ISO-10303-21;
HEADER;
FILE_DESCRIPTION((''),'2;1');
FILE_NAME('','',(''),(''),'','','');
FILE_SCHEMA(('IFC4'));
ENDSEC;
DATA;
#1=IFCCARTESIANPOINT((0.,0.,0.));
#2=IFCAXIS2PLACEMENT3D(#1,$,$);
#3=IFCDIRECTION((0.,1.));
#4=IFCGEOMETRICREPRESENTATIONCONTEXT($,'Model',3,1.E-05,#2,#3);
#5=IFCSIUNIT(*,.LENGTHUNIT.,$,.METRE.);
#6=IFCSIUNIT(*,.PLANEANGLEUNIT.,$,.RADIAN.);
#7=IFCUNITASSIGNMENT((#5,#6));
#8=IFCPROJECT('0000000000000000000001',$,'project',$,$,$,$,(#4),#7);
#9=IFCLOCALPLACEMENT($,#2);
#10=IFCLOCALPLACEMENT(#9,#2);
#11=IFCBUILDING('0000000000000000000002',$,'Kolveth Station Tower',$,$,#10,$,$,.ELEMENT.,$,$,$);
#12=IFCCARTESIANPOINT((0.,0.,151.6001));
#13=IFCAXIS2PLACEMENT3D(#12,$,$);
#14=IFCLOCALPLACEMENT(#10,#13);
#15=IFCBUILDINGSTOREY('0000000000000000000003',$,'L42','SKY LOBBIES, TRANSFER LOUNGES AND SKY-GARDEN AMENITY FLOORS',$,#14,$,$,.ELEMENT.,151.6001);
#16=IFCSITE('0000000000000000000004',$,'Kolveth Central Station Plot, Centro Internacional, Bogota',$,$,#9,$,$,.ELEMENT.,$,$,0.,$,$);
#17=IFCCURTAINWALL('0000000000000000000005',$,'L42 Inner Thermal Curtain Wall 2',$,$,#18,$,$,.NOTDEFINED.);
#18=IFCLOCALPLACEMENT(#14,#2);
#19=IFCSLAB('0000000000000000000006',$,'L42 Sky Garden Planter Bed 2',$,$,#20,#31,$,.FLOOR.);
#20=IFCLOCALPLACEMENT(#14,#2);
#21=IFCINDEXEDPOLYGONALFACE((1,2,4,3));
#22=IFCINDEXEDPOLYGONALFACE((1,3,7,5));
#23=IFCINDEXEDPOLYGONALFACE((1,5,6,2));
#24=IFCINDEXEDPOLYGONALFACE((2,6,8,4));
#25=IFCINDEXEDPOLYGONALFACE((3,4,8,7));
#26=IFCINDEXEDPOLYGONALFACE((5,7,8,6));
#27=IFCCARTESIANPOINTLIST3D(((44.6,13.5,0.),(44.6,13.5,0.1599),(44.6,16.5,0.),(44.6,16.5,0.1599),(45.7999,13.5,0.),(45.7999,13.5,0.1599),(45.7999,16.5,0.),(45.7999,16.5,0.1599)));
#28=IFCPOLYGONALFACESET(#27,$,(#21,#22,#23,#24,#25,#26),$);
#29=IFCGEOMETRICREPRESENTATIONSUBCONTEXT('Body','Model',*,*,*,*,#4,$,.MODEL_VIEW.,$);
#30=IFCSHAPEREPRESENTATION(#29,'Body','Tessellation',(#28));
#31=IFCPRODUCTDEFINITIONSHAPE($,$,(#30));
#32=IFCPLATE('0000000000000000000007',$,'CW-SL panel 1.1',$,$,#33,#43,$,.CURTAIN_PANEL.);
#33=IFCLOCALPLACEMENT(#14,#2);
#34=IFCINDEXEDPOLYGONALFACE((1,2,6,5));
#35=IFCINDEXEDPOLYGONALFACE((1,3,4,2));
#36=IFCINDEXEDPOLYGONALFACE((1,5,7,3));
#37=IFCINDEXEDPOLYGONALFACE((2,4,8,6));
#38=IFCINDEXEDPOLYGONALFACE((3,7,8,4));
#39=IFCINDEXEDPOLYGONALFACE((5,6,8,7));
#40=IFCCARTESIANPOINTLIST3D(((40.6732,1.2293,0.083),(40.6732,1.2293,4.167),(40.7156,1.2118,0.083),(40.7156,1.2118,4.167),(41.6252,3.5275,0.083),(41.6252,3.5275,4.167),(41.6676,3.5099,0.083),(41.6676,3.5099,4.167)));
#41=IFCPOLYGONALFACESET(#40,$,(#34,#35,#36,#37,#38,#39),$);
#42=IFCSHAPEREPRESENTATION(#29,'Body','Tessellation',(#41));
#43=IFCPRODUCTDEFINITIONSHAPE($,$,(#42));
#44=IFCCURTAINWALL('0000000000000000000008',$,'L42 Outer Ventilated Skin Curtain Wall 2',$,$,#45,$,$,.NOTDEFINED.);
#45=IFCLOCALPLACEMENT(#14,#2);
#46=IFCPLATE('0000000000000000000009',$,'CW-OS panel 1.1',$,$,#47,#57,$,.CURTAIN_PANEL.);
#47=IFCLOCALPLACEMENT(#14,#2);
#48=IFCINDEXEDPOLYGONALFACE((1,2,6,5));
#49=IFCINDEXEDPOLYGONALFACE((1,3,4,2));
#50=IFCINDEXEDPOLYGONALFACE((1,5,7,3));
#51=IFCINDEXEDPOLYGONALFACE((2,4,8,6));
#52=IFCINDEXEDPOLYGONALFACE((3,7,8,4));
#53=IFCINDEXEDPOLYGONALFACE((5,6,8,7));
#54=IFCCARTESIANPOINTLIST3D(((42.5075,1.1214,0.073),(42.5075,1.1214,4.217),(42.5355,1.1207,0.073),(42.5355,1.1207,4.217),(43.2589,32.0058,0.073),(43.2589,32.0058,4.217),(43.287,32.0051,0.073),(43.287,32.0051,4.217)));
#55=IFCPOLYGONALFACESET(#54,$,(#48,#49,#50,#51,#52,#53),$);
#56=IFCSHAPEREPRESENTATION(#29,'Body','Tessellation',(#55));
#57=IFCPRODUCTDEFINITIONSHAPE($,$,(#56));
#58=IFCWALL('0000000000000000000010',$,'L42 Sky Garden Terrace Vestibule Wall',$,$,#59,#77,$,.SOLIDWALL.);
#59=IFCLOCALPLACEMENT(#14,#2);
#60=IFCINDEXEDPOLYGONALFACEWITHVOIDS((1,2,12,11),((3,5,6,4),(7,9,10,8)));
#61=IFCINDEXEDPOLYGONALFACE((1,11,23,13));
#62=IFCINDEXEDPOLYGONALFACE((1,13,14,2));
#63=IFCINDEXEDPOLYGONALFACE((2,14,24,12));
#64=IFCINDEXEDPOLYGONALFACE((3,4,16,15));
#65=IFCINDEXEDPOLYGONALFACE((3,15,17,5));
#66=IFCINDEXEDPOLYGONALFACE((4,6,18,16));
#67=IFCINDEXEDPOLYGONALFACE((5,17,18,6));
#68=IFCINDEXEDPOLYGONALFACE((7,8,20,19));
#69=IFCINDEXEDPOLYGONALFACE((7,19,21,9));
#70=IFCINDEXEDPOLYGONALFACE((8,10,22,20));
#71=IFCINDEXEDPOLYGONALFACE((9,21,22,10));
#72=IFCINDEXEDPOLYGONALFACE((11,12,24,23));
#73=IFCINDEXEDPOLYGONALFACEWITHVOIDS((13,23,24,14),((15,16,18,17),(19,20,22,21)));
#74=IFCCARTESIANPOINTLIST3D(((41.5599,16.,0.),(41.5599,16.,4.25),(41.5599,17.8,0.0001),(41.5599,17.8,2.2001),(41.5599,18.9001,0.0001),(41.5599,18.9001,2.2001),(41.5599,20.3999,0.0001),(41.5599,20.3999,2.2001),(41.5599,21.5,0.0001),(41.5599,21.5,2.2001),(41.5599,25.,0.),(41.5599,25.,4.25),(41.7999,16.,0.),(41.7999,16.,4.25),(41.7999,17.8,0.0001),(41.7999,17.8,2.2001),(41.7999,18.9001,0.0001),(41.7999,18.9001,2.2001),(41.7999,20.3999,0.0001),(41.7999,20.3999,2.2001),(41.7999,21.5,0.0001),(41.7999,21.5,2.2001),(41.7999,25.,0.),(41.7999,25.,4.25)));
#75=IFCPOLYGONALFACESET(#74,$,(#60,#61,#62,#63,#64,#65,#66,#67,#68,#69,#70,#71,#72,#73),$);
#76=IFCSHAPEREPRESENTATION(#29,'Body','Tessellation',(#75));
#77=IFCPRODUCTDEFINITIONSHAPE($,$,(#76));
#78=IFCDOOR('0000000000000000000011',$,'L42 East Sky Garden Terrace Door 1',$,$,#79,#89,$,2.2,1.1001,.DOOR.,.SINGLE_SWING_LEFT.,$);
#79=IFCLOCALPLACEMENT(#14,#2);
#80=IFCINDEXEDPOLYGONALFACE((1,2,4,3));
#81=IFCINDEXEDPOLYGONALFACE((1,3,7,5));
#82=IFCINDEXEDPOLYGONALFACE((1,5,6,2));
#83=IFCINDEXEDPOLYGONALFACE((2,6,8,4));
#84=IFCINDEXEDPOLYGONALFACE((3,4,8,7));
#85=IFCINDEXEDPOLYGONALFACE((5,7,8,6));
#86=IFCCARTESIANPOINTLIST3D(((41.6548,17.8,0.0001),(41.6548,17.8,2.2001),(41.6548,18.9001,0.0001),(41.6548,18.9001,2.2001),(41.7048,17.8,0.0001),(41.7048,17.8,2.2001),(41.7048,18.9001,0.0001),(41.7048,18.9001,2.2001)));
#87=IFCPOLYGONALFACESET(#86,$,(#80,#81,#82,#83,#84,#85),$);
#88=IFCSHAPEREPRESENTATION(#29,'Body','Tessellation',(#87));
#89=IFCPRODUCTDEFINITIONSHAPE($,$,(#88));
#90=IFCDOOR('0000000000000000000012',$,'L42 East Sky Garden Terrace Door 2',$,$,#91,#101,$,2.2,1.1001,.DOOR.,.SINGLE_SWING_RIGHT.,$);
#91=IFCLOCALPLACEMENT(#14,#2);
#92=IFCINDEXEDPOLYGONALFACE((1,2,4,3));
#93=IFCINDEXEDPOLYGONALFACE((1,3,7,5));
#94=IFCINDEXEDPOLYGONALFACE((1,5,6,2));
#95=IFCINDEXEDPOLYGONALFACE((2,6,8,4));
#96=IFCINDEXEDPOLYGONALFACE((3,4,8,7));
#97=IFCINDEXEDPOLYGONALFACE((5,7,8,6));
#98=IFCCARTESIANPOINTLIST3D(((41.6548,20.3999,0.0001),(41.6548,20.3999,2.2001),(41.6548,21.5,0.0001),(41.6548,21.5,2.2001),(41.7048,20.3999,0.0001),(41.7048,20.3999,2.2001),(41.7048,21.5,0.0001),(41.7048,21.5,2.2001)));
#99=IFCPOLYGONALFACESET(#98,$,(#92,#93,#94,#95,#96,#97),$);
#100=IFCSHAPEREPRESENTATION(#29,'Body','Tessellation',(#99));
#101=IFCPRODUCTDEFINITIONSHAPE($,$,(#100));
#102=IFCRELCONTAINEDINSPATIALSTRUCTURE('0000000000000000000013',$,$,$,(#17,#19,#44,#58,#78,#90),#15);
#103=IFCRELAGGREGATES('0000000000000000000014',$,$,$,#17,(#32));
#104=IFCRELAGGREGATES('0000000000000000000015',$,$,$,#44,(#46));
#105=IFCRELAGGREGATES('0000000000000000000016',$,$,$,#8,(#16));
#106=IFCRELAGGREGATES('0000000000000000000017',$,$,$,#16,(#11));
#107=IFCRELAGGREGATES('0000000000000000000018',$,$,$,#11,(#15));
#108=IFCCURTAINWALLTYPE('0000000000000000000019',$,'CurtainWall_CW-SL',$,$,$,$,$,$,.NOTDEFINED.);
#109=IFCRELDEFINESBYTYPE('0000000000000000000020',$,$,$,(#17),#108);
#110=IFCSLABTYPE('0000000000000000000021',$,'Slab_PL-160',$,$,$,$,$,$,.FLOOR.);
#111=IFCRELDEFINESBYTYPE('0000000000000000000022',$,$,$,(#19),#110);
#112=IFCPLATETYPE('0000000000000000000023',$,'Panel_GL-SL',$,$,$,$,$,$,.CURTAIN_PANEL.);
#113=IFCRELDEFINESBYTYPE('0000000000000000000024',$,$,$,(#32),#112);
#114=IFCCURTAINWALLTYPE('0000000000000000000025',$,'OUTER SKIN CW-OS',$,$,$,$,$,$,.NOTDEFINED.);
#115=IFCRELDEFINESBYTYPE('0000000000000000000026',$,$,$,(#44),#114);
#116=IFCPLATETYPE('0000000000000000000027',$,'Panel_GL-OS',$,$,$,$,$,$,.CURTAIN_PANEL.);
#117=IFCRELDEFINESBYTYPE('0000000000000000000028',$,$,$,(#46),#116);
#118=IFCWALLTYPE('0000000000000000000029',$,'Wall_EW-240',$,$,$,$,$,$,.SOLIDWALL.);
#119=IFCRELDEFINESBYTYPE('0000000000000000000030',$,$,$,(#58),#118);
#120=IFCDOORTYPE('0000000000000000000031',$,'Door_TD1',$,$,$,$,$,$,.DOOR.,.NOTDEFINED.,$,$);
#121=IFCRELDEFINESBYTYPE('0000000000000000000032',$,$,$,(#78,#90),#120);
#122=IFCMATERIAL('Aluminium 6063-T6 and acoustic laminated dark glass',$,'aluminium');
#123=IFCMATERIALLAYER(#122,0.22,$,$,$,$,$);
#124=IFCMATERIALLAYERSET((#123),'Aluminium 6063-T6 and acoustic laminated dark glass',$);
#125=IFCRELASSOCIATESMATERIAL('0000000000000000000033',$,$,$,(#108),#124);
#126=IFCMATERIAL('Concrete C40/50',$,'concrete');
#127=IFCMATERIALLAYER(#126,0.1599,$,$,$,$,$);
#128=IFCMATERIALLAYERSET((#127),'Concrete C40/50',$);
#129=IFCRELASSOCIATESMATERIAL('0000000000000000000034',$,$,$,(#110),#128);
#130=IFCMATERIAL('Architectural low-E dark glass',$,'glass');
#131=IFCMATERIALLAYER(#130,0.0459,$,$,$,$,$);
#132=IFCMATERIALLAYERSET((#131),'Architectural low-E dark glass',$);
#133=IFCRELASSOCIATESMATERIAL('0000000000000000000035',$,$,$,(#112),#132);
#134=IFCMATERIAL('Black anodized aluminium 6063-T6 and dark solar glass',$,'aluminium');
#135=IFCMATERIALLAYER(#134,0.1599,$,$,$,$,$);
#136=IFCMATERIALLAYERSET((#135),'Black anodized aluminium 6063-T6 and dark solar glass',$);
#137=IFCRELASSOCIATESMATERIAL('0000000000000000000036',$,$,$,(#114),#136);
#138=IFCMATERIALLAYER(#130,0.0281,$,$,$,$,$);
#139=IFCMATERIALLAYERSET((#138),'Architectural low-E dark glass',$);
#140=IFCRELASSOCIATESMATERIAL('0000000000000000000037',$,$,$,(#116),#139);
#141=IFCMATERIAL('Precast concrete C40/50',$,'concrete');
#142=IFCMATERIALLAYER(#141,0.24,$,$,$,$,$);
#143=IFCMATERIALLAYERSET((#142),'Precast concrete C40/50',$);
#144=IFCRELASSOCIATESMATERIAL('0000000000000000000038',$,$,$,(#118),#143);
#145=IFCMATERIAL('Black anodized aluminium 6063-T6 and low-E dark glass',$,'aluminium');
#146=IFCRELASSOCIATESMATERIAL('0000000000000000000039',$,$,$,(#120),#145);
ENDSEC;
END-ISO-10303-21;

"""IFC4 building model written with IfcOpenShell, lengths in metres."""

from ifc_helpers import new_model, si_unit, direction, frame, frame_2d, origin, origin_2d, place, context, subcontext, project, spatial, rectangle, extrude, source, transform, mapped, material, layer, layer_set, type_object, element, fill, aggregate, save


model = new_model("IFC4")

# Units and contexts
model_context = context("Model", 3, precision=1e-05, world=origin(), true_north=direction((0.0, 1.0)))
body_context = subcontext(model_context, "Body", "Model", "MODEL_VIEW")
ifc_project = project(units=[si_unit("LENGTHUNIT", "METRE"), si_unit("PLANEANGLEUNIT", "RADIAN")], contexts=[model_context])

# Site, building, storey
site_placement = place(None, origin())
site = spatial("IfcSite", under=ifc_project, at=site_placement, Name="Kolveth Central Station Plot, Centro Internacional, Bogota", CompositionType="ELEMENT", RefElevation=0.0)
building_placement = place(site_placement, origin())
building = spatial("IfcBuilding", under=site, at=building_placement, Name="Kolveth Station Tower", CompositionType="ELEMENT")
storey_placement = place(building_placement, frame((0.0, 0.0, 151.6001)))
storey = spatial("IfcBuildingStorey", under=building, at=storey_placement, Name="L42", Description="SKY LOBBIES, TRANSFER LOUNGES AND SKY-GARDEN AMENITY FLOORS", CompositionType="ELEMENT", Elevation=151.6001)

# Curtain wall
ifc_material_1 = material(Name="Aluminium 6063-T6 and acoustic laminated dark glass", Category="aluminium")
ifc_layer_1 = layer(ifc_material_1, 0.22)
ifc_layer_set_1 = layer_set([ifc_layer_1], Name="Aluminium 6063-T6 and acoustic laminated dark glass")
curtain_wall_type_1 = type_object("IfcCurtainWallType", Name="CurtainWall_CW-SL", PredefinedType="NOTDEFINED", material=ifc_layer_set_1)
curtain_wall_1_placement = place(storey_placement, origin())
curtain_wall_1 = element("IfcCurtainWall", 1, at=curtain_wall_1_placement, inside=storey, type_object=curtain_wall_type_1, Name="L42 Inner Thermal Curtain Wall 2", PredefinedType="NOTDEFINED")

# Slab
ifc_material_2 = material(Name="Concrete C40/50", Category="concrete")
ifc_layer_2 = layer(ifc_material_2, 0.1599)
ifc_layer_set_2 = layer_set([ifc_layer_2], Name="Concrete C40/50")
slab_type = type_object("IfcSlabType", Name="Slab_PL-160", PredefinedType="FLOOR", material=ifc_layer_set_2)
shared_shape_1 = source(origin(), body_context, "Body", "SweptSolid", [
    extrude(rectangle(XDim=1.2, YDim=3.0, at=origin_2d()), origin(), (0.0, 0.0, 1.0), 0.1599),
])
for number, where, z_axis, x_axis, name in (
    (2, (45.2, 15.0, 0.0), (0.0, 0.0, 1.0), (1.0, 0.0, 0.0), "L42 Sky Garden Planter Bed 2"),
):
    element("IfcSlab", number, at=place(storey_placement, frame(where, z_axis=z_axis, x_axis=x_axis)), inside=storey, type_object=slab_type, Name=name, PredefinedType="FLOOR", context=body_context, shape_type="MappedRepresentation", body=[
        mapped(shared_shape_1, transform((0.0, 0.0, 0.0), x_axis=(1.0, 0.0, 0.0), y_axis=(0.0, 1.0, 0.0), z_axis=(0.0, 0.0, 1.0), scale=1.0)),
    ])

# Plate
ifc_material_3 = material(Name="Architectural low-E dark glass", Category="glass")
ifc_layer_3 = layer(ifc_material_3, 0.0459)
ifc_layer_set_3 = layer_set([ifc_layer_3], Name="Architectural low-E dark glass")
plate_type_1 = type_object("IfcPlateType", Name="Panel_GL-SL", PredefinedType="CURTAIN_PANEL", material=ifc_layer_set_3)
shared_shape_2 = source(origin(), body_context, "Body", "SweptSolid", [
    extrude(rectangle(XDim=2.4875, YDim=0.0459, at=origin_2d()), origin(), (0.0, 0.0, 1.0), 4.084),
])
plate_1_placement = place(storey_placement, frame((41.1704, 2.3696, 0.083), z_axis=(0.0, 0.0, 1.0), x_axis=(0.382698, 0.923874, 0.0)))
plate_1 = element("IfcPlate", 3, at=plate_1_placement, type_object=plate_type_1, Name="CW-SL panel 1.1", PredefinedType="CURTAIN_PANEL", context=body_context, shape_type="MappedRepresentation", body=[
    mapped(shared_shape_2, transform((0.0, 0.0, 0.0), x_axis=(1.0, 0.0, 0.0), y_axis=(0.0, 1.0, 0.0), z_axis=(0.0, 0.0, 1.0), scale=1.0)),
])
aggregate(curtain_wall_1, [plate_1])

# Curtain wall, plate
ifc_material_4 = material(Name="Black anodized aluminium 6063-T6 and dark solar glass", Category="aluminium")
ifc_layer_4 = layer(ifc_material_4, 0.1599)
ifc_layer_set_4 = layer_set([ifc_layer_4], Name="Black anodized aluminium 6063-T6 and dark solar glass")
curtain_wall_type_2 = type_object("IfcCurtainWallType", Name="OUTER SKIN CW-OS", PredefinedType="NOTDEFINED", material=ifc_layer_set_4)
curtain_wall_2_placement = place(storey_placement, origin())
curtain_wall_2 = element("IfcCurtainWall", 4, at=curtain_wall_2_placement, inside=storey, type_object=curtain_wall_type_2, Name="L42 Outer Ventilated Skin Curtain Wall 2", PredefinedType="NOTDEFINED")
ifc_layer_5 = layer(ifc_material_3, 0.0281)
ifc_layer_set_5 = layer_set([ifc_layer_5], Name="Architectural low-E dark glass")
plate_type_2 = type_object("IfcPlateType", Name="Panel_GL-OS", PredefinedType="CURTAIN_PANEL", material=ifc_layer_set_5)
shared_shape_3 = source(origin(), body_context, "Body", "SweptSolid", [
    extrude(rectangle(XDim=30.8936, YDim=0.0281, at=origin_2d()), origin(), (0.0, 0.0, 1.0), 4.144),
])
plate_2_placement = place(storey_placement, frame((42.8972, 16.5632, 0.073), z_axis=(0.0, 0.0, 1.0), x_axis=(0.024324, 0.999704, 0.0)))
plate_2 = element("IfcPlate", 5, at=plate_2_placement, type_object=plate_type_2, Name="CW-OS panel 1.1", PredefinedType="CURTAIN_PANEL", context=body_context, shape_type="MappedRepresentation", body=[
    mapped(shared_shape_3, transform((0.0, 0.0, 0.0), x_axis=(1.0, 0.0, 0.0), y_axis=(0.0, 1.0, 0.0), z_axis=(0.0, 0.0, 1.0), scale=1.0)),
])
aggregate(curtain_wall_2, [plate_2])

# Wall, openings, doors
ifc_material_5 = material(Name="Precast concrete C40/50", Category="concrete")
ifc_layer_6 = layer(ifc_material_5, 0.24)
ifc_layer_set_6 = layer_set([ifc_layer_6], Name="Precast concrete C40/50")
wall_type = type_object("IfcWallType", Name="Wall_EW-240", PredefinedType="SOLIDWALL", material=ifc_layer_set_6)
wall_placement = place(storey_placement, frame((41.6799, 16.0, 0.0), z_axis=(0.0, 0.0, 1.0), x_axis=(0.0, 1.0, 0.0)))
wall = element("IfcWall", 6, at=wall_placement, inside=storey, type_object=wall_type, Name="L42 Sky Garden Terrace Vestibule Wall", PredefinedType="SOLIDWALL", context=body_context, shape_type="SweptSolid", body=[
    extrude(rectangle(XDim=9.0, YDim=0.24, at=frame_2d((4.5, 0.0))), origin(), (0.0, 0.0, 1.0), 4.25),
])
opening_1_placement = place(wall_placement, frame((1.8, 0.0, 0.0)))
opening_1 = element("IfcOpeningElement", 7, at=opening_1_placement, cuts=wall, PredefinedType="OPENING", context=body_context, shape_type="SweptSolid", body=[
    extrude(rectangle(XDim=1.1001, YDim=2.2, at=frame_2d((0.55, 1.1001))), frame((0.0, 0.1299, 0.0), z_axis=(0.0, -1.0, 0.0), x_axis=(1.0, 0.0, 0.0)), (0.0, 0.0, 1.0), 0.26),
])
opening_2_placement = place(wall_placement, frame((4.3999, 0.0, 0.0)))
opening_2 = element("IfcOpeningElement", 8, at=opening_2_placement, cuts=wall, PredefinedType="OPENING", context=body_context, shape_type="SweptSolid", body=[
    extrude(rectangle(XDim=1.1001, YDim=2.2, at=frame_2d((0.55, 1.1001))), frame((0.0, 0.1299, 0.0), z_axis=(0.0, -1.0, 0.0), x_axis=(1.0, 0.0, 0.0)), (0.0, 0.0, 1.0), 0.26),
])
ifc_material_6 = material(Name="Black anodized aluminium 6063-T6 and low-E dark glass", Category="aluminium")
door_type = type_object("IfcDoorType", Name="Door_TD1", OperationType="NOTDEFINED", PredefinedType="DOOR", material=ifc_material_6)
door_1_placement = place(opening_1_placement, frame((1.1001, 0.0, 0.0), z_axis=(0.0, 0.0, 1.0), x_axis=(-1.0, 0.0, 0.0)))
door_1 = element("IfcDoor", 9, at=door_1_placement, inside=storey, type_object=door_type, Name="L42 East Sky Garden Terrace Door 1", OperationType="SINGLE_SWING_LEFT", OverallHeight=2.2, OverallWidth=1.1001, PredefinedType="DOOR", context=body_context, shape_type="SweptSolid", body=[
    extrude(rectangle(XDim=1.1001, YDim=2.2, at=frame_2d((0.55, 1.1001))), frame((0.0, 0.0249, 0.0), z_axis=(0.0, -1.0, 0.0), x_axis=(1.0, 0.0, 0.0)), (0.0, 0.0, 1.0), 0.05),
])
fill(opening_1, door_1)
door_2_placement = place(opening_2_placement, frame((1.1001, 0.0, 0.0), z_axis=(0.0, 0.0, 1.0), x_axis=(-1.0, 0.0, 0.0)))
door_2 = element("IfcDoor", 10, at=door_2_placement, inside=storey, type_object=door_type, Name="L42 East Sky Garden Terrace Door 2", OperationType="SINGLE_SWING_RIGHT", OverallHeight=2.2, OverallWidth=1.1001, PredefinedType="DOOR", context=body_context, shape_type="SweptSolid", body=[
    extrude(rectangle(XDim=1.1001, YDim=2.2, at=frame_2d((0.55, 1.1001))), frame((0.0, 0.0249, 0.0), z_axis=(0.0, -1.0, 0.0), x_axis=(1.0, 0.0, 0.0)), (0.0, 0.0, 1.0), 0.05),
])
fill(opening_2, door_2)

save(model, "model.ifc")
